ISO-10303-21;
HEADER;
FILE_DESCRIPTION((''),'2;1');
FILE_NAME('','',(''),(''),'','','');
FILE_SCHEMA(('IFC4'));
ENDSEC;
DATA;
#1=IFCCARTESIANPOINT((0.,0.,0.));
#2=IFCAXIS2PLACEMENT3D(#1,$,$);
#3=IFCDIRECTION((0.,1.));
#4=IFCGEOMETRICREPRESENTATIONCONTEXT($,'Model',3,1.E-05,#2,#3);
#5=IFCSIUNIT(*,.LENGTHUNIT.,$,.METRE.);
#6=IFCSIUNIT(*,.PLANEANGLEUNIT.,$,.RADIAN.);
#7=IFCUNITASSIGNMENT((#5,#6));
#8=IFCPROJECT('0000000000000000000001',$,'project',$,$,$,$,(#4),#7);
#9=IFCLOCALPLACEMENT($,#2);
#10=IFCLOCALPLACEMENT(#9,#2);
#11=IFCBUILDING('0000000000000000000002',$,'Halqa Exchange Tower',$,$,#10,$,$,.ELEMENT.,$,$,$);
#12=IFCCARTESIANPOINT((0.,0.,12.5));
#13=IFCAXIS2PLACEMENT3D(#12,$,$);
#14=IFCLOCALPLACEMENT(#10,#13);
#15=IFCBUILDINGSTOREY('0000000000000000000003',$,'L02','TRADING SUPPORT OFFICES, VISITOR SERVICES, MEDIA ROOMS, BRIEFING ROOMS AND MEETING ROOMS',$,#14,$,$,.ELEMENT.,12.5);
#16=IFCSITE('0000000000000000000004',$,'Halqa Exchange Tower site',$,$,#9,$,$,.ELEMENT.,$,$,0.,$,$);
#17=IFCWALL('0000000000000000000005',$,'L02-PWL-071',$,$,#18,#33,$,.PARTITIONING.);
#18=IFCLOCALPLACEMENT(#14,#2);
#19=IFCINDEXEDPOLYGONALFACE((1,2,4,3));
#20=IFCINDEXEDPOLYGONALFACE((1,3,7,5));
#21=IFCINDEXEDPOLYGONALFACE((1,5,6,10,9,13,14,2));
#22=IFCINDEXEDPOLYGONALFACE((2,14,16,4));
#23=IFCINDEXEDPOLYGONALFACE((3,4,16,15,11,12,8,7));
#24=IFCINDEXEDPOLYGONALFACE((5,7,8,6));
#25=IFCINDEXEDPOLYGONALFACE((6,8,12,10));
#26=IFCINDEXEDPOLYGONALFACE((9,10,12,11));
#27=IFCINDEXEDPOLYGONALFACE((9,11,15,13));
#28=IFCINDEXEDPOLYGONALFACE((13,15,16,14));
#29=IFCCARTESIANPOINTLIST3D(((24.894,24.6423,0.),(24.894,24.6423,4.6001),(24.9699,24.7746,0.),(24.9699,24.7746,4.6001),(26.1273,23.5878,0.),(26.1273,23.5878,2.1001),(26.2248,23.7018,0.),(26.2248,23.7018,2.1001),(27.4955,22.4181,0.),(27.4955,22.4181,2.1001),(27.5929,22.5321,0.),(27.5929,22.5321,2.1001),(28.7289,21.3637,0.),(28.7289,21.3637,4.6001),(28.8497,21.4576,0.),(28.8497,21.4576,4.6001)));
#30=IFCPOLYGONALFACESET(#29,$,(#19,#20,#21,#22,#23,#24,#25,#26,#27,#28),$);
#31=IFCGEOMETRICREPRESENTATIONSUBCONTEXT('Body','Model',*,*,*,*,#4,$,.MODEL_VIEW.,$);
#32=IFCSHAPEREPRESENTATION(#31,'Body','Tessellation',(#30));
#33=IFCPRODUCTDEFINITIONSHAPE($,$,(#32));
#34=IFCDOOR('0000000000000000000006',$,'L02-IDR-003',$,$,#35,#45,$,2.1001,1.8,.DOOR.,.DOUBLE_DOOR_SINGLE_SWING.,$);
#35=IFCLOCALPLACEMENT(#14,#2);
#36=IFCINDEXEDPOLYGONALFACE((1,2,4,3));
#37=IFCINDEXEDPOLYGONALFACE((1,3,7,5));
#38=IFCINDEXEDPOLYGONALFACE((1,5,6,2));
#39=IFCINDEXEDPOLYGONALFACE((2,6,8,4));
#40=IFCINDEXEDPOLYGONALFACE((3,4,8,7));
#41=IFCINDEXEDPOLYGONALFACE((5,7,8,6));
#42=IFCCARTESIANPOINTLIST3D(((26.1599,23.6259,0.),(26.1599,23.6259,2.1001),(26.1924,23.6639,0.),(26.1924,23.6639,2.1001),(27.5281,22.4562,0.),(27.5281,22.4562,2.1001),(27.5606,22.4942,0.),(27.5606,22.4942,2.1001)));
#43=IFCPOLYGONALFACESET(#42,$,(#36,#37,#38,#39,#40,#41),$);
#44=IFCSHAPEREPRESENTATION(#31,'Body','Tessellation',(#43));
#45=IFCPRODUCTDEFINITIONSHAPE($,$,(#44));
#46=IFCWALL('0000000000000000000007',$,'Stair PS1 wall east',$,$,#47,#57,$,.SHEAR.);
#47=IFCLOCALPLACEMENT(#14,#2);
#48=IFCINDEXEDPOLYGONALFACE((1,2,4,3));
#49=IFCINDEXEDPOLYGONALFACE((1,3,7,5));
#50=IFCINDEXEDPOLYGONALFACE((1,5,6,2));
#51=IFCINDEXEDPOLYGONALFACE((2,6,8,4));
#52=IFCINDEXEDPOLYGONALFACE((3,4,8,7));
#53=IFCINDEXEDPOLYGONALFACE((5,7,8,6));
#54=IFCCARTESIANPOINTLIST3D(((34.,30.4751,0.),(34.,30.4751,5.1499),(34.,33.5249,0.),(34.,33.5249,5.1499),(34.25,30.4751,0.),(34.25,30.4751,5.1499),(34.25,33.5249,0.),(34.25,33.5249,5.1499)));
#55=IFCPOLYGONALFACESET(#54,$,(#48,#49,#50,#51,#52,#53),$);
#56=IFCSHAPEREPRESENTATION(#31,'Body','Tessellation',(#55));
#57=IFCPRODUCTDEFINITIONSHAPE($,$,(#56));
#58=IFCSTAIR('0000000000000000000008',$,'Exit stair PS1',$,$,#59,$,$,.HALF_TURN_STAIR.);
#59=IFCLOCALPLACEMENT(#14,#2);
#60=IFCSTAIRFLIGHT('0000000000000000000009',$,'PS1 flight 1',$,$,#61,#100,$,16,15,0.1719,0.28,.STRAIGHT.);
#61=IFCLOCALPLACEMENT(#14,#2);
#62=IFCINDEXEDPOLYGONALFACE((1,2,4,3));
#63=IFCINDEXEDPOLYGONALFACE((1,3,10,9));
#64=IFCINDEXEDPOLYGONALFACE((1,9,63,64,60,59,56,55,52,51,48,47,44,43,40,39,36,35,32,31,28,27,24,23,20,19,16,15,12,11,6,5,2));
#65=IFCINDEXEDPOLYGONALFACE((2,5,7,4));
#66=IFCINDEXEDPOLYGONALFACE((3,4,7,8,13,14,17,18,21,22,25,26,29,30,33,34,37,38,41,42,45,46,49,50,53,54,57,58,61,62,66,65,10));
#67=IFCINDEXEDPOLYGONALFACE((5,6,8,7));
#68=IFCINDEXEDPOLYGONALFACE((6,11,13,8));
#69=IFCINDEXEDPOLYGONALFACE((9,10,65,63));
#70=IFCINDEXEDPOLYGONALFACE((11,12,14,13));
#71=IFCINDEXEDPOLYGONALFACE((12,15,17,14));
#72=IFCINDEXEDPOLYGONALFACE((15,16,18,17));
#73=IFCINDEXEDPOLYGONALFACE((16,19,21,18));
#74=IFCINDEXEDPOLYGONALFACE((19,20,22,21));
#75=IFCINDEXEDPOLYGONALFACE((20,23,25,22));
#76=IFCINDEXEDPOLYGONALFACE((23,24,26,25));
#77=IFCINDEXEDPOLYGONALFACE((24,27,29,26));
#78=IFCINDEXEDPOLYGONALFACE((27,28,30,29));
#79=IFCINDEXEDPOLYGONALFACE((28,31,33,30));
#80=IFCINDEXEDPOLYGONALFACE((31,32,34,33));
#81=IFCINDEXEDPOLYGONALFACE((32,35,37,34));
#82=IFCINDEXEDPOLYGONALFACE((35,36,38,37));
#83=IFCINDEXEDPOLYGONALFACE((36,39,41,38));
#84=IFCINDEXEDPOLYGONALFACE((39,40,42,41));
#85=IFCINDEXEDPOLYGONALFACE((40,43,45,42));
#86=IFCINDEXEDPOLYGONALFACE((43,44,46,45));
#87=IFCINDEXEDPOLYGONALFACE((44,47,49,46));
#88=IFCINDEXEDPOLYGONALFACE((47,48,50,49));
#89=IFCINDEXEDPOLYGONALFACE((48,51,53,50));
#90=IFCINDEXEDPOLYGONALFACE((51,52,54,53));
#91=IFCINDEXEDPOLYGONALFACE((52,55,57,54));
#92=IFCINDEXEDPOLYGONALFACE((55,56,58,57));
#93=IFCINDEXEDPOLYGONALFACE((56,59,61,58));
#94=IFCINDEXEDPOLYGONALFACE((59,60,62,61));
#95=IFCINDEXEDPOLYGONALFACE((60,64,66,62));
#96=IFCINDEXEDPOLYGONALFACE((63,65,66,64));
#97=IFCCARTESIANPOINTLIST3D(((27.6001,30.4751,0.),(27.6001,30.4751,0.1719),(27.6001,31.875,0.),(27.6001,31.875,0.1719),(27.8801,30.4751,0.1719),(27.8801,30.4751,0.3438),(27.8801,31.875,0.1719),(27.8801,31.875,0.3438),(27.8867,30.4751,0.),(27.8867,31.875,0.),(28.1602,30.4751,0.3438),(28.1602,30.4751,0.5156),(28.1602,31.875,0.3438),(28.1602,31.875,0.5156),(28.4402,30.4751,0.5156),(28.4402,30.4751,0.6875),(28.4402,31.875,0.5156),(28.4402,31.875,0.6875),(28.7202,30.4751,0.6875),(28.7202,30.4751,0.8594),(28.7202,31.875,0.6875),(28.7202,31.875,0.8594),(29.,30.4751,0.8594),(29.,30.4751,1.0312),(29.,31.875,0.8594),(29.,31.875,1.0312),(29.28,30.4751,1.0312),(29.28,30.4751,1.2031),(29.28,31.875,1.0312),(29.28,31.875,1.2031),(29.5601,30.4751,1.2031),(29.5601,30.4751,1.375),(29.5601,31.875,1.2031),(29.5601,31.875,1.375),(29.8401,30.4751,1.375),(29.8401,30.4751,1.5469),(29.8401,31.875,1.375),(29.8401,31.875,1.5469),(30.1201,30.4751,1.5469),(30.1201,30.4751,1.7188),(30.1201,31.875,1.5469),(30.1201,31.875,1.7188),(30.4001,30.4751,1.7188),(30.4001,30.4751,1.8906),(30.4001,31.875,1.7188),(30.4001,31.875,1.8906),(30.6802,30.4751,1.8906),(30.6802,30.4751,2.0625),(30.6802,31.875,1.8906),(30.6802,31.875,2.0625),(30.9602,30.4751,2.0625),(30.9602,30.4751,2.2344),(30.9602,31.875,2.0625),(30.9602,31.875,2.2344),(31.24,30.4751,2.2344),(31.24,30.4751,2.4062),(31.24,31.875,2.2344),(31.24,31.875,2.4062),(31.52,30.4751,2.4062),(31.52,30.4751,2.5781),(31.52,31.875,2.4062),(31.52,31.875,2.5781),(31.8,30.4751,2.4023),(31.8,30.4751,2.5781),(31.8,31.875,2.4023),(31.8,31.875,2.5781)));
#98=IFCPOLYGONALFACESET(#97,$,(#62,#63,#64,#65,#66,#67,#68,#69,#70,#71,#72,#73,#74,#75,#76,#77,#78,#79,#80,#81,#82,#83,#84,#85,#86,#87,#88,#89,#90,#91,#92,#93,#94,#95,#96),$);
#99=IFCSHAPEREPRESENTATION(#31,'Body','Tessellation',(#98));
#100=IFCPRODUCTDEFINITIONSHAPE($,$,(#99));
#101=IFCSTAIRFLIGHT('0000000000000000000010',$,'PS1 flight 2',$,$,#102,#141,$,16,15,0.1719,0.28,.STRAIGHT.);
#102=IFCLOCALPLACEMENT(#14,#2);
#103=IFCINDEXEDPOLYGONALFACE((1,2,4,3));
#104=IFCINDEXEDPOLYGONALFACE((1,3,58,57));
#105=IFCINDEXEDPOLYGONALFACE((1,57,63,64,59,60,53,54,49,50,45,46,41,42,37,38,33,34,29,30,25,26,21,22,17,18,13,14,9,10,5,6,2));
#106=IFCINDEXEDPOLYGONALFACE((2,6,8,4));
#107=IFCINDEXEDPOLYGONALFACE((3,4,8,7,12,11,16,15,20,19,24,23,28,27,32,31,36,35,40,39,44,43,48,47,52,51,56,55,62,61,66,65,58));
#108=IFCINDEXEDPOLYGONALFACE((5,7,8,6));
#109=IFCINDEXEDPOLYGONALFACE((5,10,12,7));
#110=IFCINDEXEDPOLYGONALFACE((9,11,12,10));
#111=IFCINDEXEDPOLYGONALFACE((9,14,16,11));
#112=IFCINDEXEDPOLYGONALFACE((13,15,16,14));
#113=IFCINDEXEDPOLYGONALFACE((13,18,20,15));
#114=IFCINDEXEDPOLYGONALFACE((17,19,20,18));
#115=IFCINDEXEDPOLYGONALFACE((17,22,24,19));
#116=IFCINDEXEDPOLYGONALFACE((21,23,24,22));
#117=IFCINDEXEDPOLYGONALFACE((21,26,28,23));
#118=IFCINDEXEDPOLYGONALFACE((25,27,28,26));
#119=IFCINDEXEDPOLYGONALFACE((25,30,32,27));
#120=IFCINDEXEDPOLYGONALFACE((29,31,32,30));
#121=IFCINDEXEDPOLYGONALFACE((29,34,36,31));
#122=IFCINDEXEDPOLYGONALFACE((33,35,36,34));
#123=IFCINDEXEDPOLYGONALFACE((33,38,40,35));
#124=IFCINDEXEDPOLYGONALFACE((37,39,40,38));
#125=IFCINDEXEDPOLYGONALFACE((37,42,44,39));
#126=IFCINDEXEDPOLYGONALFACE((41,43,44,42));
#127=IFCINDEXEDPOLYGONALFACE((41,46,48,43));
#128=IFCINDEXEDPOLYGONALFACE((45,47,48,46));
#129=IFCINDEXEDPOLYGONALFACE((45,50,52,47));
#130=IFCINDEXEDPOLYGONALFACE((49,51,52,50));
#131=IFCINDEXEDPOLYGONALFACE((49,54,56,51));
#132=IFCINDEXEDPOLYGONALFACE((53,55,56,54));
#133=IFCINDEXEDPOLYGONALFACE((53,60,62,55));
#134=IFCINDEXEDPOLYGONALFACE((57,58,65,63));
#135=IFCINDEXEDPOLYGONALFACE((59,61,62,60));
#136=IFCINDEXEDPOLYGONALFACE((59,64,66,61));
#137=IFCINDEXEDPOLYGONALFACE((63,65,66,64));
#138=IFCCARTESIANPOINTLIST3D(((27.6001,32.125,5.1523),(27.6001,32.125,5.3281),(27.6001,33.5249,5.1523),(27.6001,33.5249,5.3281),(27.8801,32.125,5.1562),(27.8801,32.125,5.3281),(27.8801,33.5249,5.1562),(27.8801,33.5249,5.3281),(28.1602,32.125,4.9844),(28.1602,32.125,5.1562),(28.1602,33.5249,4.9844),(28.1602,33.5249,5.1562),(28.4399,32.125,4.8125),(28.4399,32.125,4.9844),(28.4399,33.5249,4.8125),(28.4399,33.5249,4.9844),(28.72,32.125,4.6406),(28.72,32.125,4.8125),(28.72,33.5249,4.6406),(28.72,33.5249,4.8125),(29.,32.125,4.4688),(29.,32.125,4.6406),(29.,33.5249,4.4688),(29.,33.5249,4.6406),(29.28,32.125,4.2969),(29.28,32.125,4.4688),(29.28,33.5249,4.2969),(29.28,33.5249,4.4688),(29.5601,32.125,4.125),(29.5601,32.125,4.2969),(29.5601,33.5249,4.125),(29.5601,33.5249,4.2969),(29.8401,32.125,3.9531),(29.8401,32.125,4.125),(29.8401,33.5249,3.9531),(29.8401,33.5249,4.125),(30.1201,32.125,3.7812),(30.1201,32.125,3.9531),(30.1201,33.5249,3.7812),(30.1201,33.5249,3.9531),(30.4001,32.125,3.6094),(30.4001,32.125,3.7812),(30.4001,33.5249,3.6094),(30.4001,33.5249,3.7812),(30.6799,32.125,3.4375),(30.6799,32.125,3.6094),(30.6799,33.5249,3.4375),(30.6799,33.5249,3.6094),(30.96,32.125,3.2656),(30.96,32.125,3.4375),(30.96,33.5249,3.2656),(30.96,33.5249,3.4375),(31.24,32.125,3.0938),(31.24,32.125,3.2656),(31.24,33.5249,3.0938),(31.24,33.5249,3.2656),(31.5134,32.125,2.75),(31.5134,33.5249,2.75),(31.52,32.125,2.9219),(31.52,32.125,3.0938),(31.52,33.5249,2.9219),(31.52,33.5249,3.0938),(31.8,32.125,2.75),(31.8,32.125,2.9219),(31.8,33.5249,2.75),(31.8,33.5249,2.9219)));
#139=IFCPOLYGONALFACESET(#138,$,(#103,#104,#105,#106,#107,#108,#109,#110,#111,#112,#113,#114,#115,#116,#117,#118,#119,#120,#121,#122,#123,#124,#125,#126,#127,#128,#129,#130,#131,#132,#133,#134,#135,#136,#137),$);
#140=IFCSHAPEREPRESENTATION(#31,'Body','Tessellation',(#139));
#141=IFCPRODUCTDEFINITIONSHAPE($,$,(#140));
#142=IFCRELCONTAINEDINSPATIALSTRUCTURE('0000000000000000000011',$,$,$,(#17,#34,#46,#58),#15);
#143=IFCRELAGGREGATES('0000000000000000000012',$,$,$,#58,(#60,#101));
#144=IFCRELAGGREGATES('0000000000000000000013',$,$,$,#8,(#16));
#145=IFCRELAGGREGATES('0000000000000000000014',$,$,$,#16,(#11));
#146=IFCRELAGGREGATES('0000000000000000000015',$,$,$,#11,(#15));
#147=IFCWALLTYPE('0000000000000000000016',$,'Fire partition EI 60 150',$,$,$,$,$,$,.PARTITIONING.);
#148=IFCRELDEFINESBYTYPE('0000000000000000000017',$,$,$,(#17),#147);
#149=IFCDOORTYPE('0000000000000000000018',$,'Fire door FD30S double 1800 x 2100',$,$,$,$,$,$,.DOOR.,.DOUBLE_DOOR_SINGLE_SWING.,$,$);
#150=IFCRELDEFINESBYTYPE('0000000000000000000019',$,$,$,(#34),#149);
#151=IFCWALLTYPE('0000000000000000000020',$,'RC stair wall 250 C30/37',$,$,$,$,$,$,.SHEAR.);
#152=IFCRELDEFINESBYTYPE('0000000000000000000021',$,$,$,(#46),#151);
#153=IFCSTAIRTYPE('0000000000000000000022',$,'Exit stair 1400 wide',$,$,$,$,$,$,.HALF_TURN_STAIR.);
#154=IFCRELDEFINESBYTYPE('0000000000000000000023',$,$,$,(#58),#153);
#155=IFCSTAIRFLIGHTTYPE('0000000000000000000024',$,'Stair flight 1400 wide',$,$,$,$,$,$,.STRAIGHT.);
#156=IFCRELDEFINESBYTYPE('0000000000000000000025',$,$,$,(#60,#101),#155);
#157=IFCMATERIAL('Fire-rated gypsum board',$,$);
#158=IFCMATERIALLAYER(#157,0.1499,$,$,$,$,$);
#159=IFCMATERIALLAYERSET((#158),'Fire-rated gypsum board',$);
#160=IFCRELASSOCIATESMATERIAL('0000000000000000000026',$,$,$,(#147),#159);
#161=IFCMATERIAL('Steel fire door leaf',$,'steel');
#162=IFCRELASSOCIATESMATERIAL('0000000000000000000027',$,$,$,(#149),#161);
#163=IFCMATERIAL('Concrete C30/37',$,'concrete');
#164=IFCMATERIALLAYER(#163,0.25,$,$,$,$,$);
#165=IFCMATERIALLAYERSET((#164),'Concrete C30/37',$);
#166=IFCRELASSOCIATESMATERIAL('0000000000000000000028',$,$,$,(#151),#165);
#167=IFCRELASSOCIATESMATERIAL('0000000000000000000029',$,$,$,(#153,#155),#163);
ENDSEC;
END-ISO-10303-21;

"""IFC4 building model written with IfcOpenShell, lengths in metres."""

from ifc_helpers import new_model, si_unit, direction, frame, frame_2d, origin, place, context, subcontext, project, spatial, polyline, rectangle, outline, extrude, material, layer, layer_set, type_object, element, fill, aggregate, save


model = new_model("IFC4")

# Units and contexts
model_context = context("Model", 3, precision=1e-05, world=origin(), true_north=direction((0.0, 1.0)))
body_context = subcontext(model_context, "Body", "Model", "MODEL_VIEW")
ifc_project = project(units=[si_unit("LENGTHUNIT", "METRE"), si_unit("PLANEANGLEUNIT", "RADIAN")], contexts=[model_context])

# Site, building, storey
site_placement = place(None, origin())
site = spatial("IfcSite", under=ifc_project, at=site_placement, Name="Halqa Exchange Tower site", CompositionType="ELEMENT", RefElevation=0.0)
building_placement = place(site_placement, origin())
building = spatial("IfcBuilding", under=site, at=building_placement, Name="Halqa Exchange Tower", CompositionType="ELEMENT")
storey_placement = place(building_placement, frame((0.0, 0.0, 12.5)))
storey = spatial("IfcBuildingStorey", under=building, at=storey_placement, Name="L02", Description="TRADING SUPPORT OFFICES, VISITOR SERVICES, MEDIA ROOMS, BRIEFING ROOMS AND MEETING ROOMS", CompositionType="ELEMENT", Elevation=12.5)

# Wall, opening, door
ifc_material_1 = material(Name="Fire-rated gypsum board")
ifc_layer_1 = layer(ifc_material_1, 0.1499)
ifc_layer_set_1 = layer_set([ifc_layer_1], Name="Fire-rated gypsum board")
wall_type_1 = type_object("IfcWallType", Name="Fire partition EI 60 150", PredefinedType="PARTITIONING", material=ifc_layer_set_1)
ifc_material_2 = material(Name="Steel fire door leaf", Category="steel")
wall_1_placement = place(storey_placement, frame((28.7893, 21.4106, 0.0), z_axis=(0.0, 0.0, 1.0), x_axis=(-0.760085, 0.649824, 0.0)))
wall_1 = element("IfcWall", 1, at=wall_1_placement, inside=storey, type_object=wall_type_1, Name="L02-PWL-071", PredefinedType="PARTITIONING", context=body_context, shape_type="SweptSolid", body=[
    extrude(outline(polyline([(-0.0154, -0.075), (5.0891, -0.075), (5.0608, 0.075), (0.0154, 0.075), (-0.0154, -0.075)])), origin(), (0.0, 0.0, 1.0), 4.6001),
])
opening_1_placement = place(wall_1_placement, frame((1.6382, 0.0, 0.0)))
opening_1 = element("IfcOpeningElement", 2, at=opening_1_placement, cuts=wall_1, PredefinedType="OPENING", context=body_context, shape_type="SweptSolid", body=[
    extrude(rectangle(XDim=1.8, YDim=2.1001, at=frame_2d((0.8999, 1.05))), frame((0.0, 0.0869, 0.0), z_axis=(0.0, -1.0, 0.0), x_axis=(1.0, 0.0, 0.0)), (0.0, 0.0, 1.0), 0.1738),
])
door_type_1 = type_object("IfcDoorType", Name="Fire door FD30S double 1800 x 2100", OperationType="DOUBLE_DOOR_SINGLE_SWING", PredefinedType="DOOR", material=ifc_material_2)
door_1_placement = place(opening_1_placement, origin())
door_1 = element("IfcDoor", 3, at=door_1_placement, inside=storey, type_object=door_type_1, Name="L02-IDR-003", OperationType="DOUBLE_DOOR_SINGLE_SWING", OverallHeight=2.1001, OverallWidth=1.8, PredefinedType="DOOR", context=body_context, shape_type="SweptSolid", body=[
    extrude(rectangle(XDim=1.8, YDim=2.1001, at=frame_2d((0.8999, 1.05))), frame((0.0, 0.0249, 0.0), z_axis=(0.0, -1.0, 0.0), x_axis=(1.0, 0.0, 0.0)), (0.0, 0.0, 1.0), 0.05),
])
fill(opening_1, door_1)

# Wall
ifc_material_3 = material(Name="Concrete C30/37", Category="concrete")
ifc_layer_2 = layer(ifc_material_3, 0.25)
ifc_layer_set_2 = layer_set([ifc_layer_2], Name="Concrete C30/37")
wall_type_2 = type_object("IfcWallType", Name="RC stair wall 250 C30/37", PredefinedType="SHEAR", material=ifc_layer_set_2)
wall_2_placement = place(storey_placement, frame((34.125, 30.4751, 0.0), z_axis=(0.0, 0.0, 1.0), x_axis=(0.0, 1.0, 0.0)))
element("IfcWall", 4, at=wall_2_placement, inside=storey, type_object=wall_type_2, Name="Stair PS1 wall east", PredefinedType="SHEAR", context=body_context, shape_type="SweptSolid", body=[
    extrude(rectangle(XDim=3.0498, YDim=0.25, at=frame_2d((1.5249, 0.0))), origin(), (0.0, 0.0, 1.0), 5.1499),
])

# Stair, stair flights
stair_type = type_object("IfcStairType", Name="Exit stair 1400 wide", PredefinedType="HALF_TURN_STAIR", material=ifc_material_3)
stair_placement = place(storey_placement, origin())
stair = element("IfcStair", 5, at=stair_placement, inside=storey, type_object=stair_type, Name="Exit stair PS1", PredefinedType="HALF_TURN_STAIR")
stair_flight_type = type_object("IfcStairFlightType", Name="Stair flight 1400 wide", PredefinedType="STRAIGHT", material=ifc_material_3)
stair_flight_1_placement = place(storey_placement, frame((27.6001, 31.175, 0.0), z_axis=(0.0, 0.0, 1.0), x_axis=(1.0, 0.0, 0.0)))
stair_flight_1 = element("IfcStairFlight", 6, at=stair_flight_1_placement, type_object=stair_flight_type, Name="PS1 flight 1", NumberOfRisers=16, NumberOfTreads=15, PredefinedType="STRAIGHT", RiserHeight=0.1719, TreadLength=0.28, context=body_context, shape_type="SweptSolid", body=[
    extrude(outline(polyline([(0.0, 0.0), (0.0, 0.1719), (0.28, 0.1719), (0.28, 0.3438), (0.5601, 0.3438), (0.5601, 0.5156), (0.8401, 0.5156), (0.8401, 0.6875), (1.1201, 0.6875), (1.1201, 0.8594), (1.3999, 0.8594), (1.3999, 1.0312), (1.6799, 1.0312), (1.6799, 1.2031), (1.96, 1.2031), (1.96, 1.375), (2.24, 1.375), (2.24, 1.5469), (2.52, 1.5469), (2.52, 1.7188), (2.8, 1.7188), (2.8, 1.8906), (3.0801, 1.8906), (3.0801, 2.0625), (3.3601, 2.0625), (3.3601, 2.2344), (3.6399, 2.2344), (3.6399, 2.4062), (3.9199, 2.4062), (3.9199, 2.5781), (4.2, 2.5781), (4.2, 2.75), (4.2, 2.4023), (0.2866, 0.0), (0.0, 0.0)])), frame((0.0, 0.7, 0.0), z_axis=(0.0, -1.0, 0.0), x_axis=(1.0, 0.0, 0.0)), (0.0, 0.0, 1.0), 1.3999),
])
stair_flight_2_placement = place(storey_placement, frame((31.8, 32.825, 2.75), z_axis=(0.0, 0.0, 1.0), x_axis=(-1.0, 0.0, 0.0)))
stair_flight_2 = element("IfcStairFlight", 7, at=stair_flight_2_placement, type_object=stair_flight_type, Name="PS1 flight 2", NumberOfRisers=16, NumberOfTreads=15, PredefinedType="STRAIGHT", RiserHeight=0.1719, TreadLength=0.28, context=body_context, shape_type="SweptSolid", body=[
    extrude(outline(polyline([(0.0, 0.0), (0.0, 0.1719), (0.28, 0.1719), (0.28, 0.3438), (0.5601, 0.3438), (0.5601, 0.5156), (0.8401, 0.5156), (0.8401, 0.6875), (1.1201, 0.6875), (1.1201, 0.8594), (1.3999, 0.8594), (1.3999, 1.0312), (1.6799, 1.0312), (1.6799, 1.2031), (1.96, 1.2031), (1.96, 1.375), (2.24, 1.375), (2.24, 1.5469), (2.52, 1.5469), (2.52, 1.7188), (2.8, 1.7188), (2.8, 1.8906), (3.0801, 1.8906), (3.0801, 2.0625), (3.3601, 2.0625), (3.3601, 2.2344), (3.6399, 2.2344), (3.6399, 2.4062), (3.9199, 2.4062), (3.9199, 2.5781), (4.2, 2.5781), (4.2, 2.75), (4.2, 2.4023), (0.2866, 0.0), (0.0, 0.0)])), frame((0.0, 0.7, 0.0), z_axis=(0.0, -1.0, 0.0), x_axis=(1.0, 0.0, 0.0)), (0.0, 0.0, 1.0), 1.3999),
])
aggregate(stair, [stair_flight_1, stair_flight_2])

save(model, "model.ifc")
